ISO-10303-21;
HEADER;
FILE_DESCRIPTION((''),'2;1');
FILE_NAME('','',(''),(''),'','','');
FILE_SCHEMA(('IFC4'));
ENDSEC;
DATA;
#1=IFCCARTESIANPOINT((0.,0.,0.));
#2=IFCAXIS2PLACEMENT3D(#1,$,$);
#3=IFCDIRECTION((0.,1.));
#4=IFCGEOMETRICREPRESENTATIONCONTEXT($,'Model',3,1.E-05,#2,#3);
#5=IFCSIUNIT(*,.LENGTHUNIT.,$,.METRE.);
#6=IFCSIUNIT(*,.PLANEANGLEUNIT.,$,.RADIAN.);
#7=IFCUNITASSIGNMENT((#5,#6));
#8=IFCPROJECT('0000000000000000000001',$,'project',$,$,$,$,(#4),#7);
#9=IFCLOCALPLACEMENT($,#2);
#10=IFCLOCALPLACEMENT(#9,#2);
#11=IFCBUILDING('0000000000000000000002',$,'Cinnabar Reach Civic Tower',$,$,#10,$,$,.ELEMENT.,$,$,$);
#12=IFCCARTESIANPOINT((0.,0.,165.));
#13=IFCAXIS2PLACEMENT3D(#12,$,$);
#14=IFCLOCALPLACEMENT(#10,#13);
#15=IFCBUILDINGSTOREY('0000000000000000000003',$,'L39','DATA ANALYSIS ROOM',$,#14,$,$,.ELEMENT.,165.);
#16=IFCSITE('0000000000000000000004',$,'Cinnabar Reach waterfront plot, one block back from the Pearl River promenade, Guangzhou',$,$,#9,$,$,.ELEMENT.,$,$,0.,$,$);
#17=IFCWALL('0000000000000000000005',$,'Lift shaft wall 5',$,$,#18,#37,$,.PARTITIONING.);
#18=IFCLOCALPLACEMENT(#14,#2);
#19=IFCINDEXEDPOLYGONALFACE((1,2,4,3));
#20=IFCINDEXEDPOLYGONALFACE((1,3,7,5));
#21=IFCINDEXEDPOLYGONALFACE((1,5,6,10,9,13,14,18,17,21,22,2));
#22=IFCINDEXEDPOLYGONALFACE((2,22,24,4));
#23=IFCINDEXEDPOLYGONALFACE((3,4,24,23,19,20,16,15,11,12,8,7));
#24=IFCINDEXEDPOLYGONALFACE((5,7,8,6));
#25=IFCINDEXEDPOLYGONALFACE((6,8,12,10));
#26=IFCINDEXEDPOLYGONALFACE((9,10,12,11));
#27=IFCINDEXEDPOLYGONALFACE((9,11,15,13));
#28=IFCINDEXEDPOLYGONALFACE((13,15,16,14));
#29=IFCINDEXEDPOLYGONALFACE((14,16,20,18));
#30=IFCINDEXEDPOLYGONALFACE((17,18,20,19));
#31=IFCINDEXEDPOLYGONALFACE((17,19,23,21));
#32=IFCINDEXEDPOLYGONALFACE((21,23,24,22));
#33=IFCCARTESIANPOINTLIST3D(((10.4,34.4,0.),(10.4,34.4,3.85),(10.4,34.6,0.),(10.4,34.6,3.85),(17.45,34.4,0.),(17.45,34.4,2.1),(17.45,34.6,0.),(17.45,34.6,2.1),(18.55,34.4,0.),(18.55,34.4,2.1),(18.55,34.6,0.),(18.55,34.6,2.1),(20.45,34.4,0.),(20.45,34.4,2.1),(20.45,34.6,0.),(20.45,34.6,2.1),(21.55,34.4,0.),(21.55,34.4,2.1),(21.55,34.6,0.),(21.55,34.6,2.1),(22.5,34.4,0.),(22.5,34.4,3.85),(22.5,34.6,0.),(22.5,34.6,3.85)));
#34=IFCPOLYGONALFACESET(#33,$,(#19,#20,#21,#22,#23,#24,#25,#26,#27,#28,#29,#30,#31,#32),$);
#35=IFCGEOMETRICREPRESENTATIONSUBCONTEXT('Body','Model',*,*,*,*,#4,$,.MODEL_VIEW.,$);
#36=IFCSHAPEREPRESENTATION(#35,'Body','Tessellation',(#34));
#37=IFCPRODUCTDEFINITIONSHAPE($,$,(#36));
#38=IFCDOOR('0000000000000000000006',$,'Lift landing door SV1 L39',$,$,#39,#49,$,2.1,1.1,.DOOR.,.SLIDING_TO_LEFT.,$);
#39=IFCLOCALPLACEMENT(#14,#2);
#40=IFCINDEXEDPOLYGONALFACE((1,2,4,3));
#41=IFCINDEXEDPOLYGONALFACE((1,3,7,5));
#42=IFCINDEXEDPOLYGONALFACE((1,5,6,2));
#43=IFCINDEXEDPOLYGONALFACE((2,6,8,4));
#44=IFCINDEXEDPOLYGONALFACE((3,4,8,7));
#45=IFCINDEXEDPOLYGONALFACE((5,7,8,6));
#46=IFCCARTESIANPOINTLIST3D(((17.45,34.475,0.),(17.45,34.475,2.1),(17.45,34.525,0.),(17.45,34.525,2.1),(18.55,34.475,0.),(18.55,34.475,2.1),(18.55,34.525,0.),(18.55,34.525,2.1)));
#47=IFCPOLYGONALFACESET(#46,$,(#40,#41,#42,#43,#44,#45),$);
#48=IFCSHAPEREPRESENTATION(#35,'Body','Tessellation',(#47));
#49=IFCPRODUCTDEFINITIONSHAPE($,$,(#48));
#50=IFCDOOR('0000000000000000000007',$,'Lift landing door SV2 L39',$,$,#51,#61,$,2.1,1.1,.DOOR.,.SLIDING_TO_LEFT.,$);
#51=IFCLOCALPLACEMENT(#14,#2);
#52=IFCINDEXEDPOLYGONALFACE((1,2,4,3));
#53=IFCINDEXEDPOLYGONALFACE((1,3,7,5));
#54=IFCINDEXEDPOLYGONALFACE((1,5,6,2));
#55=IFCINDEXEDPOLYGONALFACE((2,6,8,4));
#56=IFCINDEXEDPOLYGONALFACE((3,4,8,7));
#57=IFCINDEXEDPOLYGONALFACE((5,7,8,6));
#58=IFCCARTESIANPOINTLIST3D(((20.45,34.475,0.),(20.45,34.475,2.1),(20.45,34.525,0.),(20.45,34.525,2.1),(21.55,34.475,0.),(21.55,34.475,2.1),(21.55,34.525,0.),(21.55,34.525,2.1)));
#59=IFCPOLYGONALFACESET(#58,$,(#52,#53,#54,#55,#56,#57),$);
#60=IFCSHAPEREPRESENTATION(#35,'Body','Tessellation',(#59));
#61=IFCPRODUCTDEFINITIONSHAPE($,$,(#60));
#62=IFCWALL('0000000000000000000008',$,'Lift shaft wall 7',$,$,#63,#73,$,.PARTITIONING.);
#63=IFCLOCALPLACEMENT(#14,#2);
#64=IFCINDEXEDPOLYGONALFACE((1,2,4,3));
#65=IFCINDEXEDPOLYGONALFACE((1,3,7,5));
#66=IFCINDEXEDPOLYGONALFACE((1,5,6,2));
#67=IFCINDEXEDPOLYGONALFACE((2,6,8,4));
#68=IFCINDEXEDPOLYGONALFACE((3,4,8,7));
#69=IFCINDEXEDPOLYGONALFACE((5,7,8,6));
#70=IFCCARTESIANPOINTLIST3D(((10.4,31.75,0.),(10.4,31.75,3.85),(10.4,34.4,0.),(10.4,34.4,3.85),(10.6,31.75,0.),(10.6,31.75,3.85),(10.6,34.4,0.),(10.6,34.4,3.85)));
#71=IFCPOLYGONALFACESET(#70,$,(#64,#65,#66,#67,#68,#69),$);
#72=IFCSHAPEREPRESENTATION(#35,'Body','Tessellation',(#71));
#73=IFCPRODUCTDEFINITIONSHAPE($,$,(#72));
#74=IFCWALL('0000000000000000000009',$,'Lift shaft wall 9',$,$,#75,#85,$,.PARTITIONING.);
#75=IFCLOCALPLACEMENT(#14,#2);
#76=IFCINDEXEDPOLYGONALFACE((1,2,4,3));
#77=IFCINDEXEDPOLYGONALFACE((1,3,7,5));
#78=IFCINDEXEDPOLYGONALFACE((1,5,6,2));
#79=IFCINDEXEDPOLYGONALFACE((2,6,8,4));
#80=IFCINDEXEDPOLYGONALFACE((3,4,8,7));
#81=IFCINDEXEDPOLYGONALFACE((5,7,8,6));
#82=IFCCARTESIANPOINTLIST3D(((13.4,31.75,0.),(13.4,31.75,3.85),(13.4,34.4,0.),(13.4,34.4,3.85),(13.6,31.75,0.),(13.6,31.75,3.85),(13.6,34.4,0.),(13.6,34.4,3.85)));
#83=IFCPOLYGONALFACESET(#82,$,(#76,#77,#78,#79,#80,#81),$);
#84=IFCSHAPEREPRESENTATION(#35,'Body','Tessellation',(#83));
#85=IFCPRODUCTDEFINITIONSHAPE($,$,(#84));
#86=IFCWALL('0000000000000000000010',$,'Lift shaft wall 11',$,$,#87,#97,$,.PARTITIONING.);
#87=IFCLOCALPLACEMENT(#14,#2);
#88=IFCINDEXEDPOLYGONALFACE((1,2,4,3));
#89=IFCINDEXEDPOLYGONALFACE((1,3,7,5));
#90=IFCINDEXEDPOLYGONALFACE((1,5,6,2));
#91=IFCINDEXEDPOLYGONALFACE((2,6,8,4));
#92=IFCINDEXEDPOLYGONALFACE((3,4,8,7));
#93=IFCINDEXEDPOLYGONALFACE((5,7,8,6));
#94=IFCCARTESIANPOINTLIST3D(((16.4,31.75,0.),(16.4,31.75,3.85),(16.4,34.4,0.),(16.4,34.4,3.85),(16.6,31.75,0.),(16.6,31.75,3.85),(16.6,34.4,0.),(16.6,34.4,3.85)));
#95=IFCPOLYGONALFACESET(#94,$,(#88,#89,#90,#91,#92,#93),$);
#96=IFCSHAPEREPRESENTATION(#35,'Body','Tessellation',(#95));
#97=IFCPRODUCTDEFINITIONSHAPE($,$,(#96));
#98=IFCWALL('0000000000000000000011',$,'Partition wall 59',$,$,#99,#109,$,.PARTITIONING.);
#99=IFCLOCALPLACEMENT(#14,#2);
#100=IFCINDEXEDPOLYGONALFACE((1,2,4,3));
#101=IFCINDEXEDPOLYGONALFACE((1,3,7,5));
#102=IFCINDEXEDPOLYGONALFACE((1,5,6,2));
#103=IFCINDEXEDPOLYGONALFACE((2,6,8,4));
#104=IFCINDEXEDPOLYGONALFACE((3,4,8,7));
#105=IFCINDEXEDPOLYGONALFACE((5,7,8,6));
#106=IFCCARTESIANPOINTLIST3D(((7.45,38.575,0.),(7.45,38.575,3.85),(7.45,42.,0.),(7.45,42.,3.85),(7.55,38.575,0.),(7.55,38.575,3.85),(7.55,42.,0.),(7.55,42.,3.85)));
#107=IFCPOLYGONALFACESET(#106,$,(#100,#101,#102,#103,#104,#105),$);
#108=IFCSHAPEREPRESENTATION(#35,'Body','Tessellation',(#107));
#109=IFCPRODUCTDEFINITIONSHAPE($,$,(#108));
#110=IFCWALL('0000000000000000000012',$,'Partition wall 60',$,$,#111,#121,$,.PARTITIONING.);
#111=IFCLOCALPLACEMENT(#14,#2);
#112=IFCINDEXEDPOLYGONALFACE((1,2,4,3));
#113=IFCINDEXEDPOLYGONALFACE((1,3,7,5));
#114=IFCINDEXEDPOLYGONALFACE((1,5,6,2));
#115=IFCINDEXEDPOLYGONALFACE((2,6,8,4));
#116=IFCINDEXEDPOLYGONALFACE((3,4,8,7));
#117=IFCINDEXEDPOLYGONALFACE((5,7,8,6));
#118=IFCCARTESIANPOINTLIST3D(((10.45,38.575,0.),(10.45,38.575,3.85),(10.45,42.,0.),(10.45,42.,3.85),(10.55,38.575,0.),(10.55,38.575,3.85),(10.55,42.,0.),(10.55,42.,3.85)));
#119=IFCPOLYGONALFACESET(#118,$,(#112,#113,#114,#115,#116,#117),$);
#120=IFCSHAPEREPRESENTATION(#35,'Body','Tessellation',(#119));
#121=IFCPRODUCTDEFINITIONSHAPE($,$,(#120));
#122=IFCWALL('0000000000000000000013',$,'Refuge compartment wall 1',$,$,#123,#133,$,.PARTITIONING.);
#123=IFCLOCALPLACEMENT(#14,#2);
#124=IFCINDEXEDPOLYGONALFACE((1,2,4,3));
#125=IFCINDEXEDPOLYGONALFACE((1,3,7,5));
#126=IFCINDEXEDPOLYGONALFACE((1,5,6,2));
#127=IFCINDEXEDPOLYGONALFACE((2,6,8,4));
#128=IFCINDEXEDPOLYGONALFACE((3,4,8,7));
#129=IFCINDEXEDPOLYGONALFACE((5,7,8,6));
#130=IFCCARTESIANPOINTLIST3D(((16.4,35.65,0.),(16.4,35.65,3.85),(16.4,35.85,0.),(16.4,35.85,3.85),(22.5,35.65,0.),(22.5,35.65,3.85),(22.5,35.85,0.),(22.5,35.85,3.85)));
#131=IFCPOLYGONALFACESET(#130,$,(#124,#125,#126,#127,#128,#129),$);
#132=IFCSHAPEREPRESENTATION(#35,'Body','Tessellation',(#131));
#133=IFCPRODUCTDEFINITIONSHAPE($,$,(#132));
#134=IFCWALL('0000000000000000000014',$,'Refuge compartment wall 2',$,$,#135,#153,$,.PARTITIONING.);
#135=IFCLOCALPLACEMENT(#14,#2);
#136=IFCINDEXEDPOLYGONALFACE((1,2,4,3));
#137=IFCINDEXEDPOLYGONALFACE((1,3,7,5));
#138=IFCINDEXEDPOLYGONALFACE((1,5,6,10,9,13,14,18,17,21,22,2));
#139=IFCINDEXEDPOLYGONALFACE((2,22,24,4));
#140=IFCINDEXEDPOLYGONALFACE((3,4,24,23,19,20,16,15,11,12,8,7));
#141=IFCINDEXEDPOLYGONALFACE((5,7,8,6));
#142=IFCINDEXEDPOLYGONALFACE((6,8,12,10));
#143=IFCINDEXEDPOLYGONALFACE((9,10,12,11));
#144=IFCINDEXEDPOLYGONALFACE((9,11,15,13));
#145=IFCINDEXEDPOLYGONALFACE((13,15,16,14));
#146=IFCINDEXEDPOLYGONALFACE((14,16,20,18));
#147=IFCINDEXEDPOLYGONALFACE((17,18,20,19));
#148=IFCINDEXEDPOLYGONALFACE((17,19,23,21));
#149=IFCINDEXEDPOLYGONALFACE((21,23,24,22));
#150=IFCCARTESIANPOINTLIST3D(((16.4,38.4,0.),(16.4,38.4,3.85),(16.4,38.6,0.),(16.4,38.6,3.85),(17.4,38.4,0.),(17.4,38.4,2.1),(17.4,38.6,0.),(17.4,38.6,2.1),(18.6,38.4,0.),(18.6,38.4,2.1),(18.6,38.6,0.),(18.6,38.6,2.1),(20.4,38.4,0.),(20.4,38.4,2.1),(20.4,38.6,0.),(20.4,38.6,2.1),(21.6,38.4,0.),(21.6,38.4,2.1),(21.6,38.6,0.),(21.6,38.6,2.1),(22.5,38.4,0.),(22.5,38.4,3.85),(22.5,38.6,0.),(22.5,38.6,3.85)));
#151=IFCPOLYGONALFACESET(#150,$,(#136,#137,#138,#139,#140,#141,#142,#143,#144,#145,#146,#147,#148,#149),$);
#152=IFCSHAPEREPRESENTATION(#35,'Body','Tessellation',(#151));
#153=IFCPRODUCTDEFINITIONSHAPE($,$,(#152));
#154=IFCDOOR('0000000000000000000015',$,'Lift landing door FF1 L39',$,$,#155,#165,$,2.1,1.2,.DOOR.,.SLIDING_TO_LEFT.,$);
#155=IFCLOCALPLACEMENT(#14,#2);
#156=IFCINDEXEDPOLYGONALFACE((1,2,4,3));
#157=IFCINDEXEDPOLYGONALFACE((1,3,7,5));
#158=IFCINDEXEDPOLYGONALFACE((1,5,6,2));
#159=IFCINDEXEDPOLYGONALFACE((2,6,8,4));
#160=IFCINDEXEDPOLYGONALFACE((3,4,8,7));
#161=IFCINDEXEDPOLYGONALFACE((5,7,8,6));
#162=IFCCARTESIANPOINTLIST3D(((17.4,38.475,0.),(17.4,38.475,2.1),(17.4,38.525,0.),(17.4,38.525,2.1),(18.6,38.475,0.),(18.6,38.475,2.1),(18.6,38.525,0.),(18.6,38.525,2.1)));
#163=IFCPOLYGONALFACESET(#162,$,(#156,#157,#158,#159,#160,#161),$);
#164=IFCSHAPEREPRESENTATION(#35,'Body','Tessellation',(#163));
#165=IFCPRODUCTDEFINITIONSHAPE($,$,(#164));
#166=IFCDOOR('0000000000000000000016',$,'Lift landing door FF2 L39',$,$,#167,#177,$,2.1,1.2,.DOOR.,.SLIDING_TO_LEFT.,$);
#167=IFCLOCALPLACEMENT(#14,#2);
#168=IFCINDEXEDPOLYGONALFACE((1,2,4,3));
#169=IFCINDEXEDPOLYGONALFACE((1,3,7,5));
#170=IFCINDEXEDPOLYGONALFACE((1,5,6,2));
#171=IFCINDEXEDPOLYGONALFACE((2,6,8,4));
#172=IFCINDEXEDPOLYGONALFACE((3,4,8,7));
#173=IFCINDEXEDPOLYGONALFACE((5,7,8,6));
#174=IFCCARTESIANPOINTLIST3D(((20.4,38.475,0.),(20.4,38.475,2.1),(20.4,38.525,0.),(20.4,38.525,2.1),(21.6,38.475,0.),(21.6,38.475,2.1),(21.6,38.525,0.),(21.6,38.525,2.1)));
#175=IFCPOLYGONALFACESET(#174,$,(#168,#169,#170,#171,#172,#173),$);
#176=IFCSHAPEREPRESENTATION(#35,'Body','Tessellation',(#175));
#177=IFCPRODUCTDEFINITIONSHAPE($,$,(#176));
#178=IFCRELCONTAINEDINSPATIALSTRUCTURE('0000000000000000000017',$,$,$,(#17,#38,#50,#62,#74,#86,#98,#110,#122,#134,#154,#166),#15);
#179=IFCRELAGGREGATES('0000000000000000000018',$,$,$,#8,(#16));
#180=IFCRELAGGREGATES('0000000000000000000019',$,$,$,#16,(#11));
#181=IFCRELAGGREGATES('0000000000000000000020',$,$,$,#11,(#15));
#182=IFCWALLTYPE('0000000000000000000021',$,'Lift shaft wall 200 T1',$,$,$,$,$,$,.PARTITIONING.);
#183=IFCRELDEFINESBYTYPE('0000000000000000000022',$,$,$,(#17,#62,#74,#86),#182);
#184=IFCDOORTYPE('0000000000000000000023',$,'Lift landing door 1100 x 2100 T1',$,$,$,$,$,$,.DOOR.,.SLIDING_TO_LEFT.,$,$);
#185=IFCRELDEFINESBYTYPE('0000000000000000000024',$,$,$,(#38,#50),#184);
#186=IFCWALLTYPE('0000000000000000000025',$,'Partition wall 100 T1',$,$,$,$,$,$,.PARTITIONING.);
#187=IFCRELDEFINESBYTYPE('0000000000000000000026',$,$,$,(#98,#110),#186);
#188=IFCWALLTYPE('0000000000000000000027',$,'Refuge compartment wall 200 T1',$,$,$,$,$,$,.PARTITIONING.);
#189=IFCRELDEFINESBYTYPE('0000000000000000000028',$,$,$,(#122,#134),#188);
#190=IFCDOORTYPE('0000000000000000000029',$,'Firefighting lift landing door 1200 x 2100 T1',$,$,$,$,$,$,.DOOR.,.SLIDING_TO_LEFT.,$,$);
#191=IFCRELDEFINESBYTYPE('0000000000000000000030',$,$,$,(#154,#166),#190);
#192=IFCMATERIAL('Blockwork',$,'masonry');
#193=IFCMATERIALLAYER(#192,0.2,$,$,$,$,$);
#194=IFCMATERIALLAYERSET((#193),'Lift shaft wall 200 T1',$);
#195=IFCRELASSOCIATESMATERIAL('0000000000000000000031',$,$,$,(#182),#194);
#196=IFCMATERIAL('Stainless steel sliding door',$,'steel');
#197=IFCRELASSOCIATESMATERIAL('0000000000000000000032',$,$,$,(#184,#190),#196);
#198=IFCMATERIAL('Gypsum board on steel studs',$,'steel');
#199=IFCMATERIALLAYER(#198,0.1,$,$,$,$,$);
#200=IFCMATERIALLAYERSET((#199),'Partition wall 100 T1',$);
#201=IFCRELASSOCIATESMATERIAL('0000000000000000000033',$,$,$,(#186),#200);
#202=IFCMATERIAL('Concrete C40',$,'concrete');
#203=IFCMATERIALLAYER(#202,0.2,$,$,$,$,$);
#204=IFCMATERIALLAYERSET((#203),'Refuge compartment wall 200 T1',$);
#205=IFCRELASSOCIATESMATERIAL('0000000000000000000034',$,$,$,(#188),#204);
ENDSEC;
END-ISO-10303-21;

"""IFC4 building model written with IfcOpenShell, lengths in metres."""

from ifc_helpers import new_model, si_unit, direction, frame, frame_2d, origin, place, context, subcontext, project, spatial, rectangle, extrude, material, layer, layer_set, type_object, element, fill, save


model = new_model("IFC4")

# Units and contexts
model_context = context("Model", 3, precision=1e-05, world=origin(), true_north=direction((0.0, 1.0)))
body_context = subcontext(model_context, "Body", "Model", "MODEL_VIEW")
ifc_project = project(units=[si_unit("LENGTHUNIT", "METRE"), si_unit("PLANEANGLEUNIT", "RADIAN")], contexts=[model_context])

# Site, building, storey
site_placement = place(None, origin())
site = spatial("IfcSite", under=ifc_project, at=site_placement, Name="Cinnabar Reach waterfront plot, one block back from the Pearl River promenade, Guangzhou", CompositionType="ELEMENT", RefElevation=0.0)
building_placement = place(site_placement, origin())
building = spatial("IfcBuilding", under=site, at=building_placement, Name="Cinnabar Reach Civic Tower", CompositionType="ELEMENT")
storey_placement = place(building_placement, frame((0.0, 0.0, 165.0)))
storey = spatial("IfcBuildingStorey", under=building, at=storey_placement, Name="L39", Description="DATA ANALYSIS ROOM", CompositionType="ELEMENT", Elevation=165.0)

# Wall, openings, doors
ifc_material_1 = material(Name="Blockwork", Category="masonry")
ifc_layer_1 = layer(ifc_material_1, 0.2)
ifc_layer_set_1 = layer_set([ifc_layer_1], Name="Lift shaft wall 200 T1")
wall_type_1 = type_object("IfcWallType", Name="Lift shaft wall 200 T1", PredefinedType="PARTITIONING", material=ifc_layer_set_1)
wall_1_placement = place(storey_placement, frame((10.4, 34.5, 0.0), z_axis=(0.0, 0.0, 1.0), x_axis=(1.0, 0.0, 0.0)))
wall_1 = element("IfcWall", 1, at=wall_1_placement, inside=storey, type_object=wall_type_1, Name="Lift shaft wall 5", PredefinedType="PARTITIONING", context=body_context, shape_type="SweptSolid", body=[
    extrude(rectangle(XDim=12.1, YDim=0.2, at=frame_2d((6.05, 0.0))), origin(), (0.0, 0.0, 1.0), 3.85),
])
opening_1_placement = place(wall_1_placement, frame((7.05, 0.0, 0.0)))
opening_1 = element("IfcOpeningElement", 2, at=opening_1_placement, cuts=wall_1, PredefinedType="OPENING", context=body_context, shape_type="SweptSolid", body=[
    extrude(rectangle(XDim=1.1, YDim=2.1, at=frame_2d((0.55, 1.05))), frame((0.0, 0.11, 0.0), z_axis=(0.0, -1.0, 0.0), x_axis=(1.0, 0.0, 0.0)), (0.0, 0.0, 1.0), 0.22),
])
opening_2_placement = place(wall_1_placement, frame((10.05, 0.0, 0.0)))
opening_2 = element("IfcOpeningElement", 3, at=opening_2_placement, cuts=wall_1, PredefinedType="OPENING", context=body_context, shape_type="SweptSolid", body=[
    extrude(rectangle(XDim=1.1, YDim=2.1, at=frame_2d((0.55, 1.05))), frame((0.0, 0.11, 0.0), z_axis=(0.0, -1.0, 0.0), x_axis=(1.0, 0.0, 0.0)), (0.0, 0.0, 1.0), 0.22),
])
ifc_material_2 = material(Name="Stainless steel sliding door", Category="steel")
door_type_1 = type_object("IfcDoorType", Name="Lift landing door 1100 x 2100 T1", OperationType="SLIDING_TO_LEFT", PredefinedType="DOOR", material=ifc_material_2)
door_1_placement = place(opening_1_placement, origin())
door_1 = element("IfcDoor", 4, at=door_1_placement, inside=storey, type_object=door_type_1, Name="Lift landing door SV1 L39", OperationType="SLIDING_TO_LEFT", OverallHeight=2.1, OverallWidth=1.1, PredefinedType="DOOR", context=body_context, shape_type="SweptSolid", body=[
    extrude(rectangle(XDim=1.1, YDim=2.1, at=frame_2d((0.55, 1.05))), frame((0.0, 0.025, 0.0), z_axis=(0.0, -1.0, 0.0), x_axis=(1.0, 0.0, 0.0)), (0.0, 0.0, 1.0), 0.05),
])
fill(opening_1, door_1)
door_2_placement = place(opening_2_placement, origin())
door_2 = element("IfcDoor", 5, at=door_2_placement, inside=storey, type_object=door_type_1, Name="Lift landing door SV2 L39", OperationType="SLIDING_TO_LEFT", OverallHeight=2.1, OverallWidth=1.1, PredefinedType="DOOR", context=body_context, shape_type="SweptSolid", body=[
    extrude(rectangle(XDim=1.1, YDim=2.1, at=frame_2d((0.55, 1.05))), frame((0.0, 0.025, 0.0), z_axis=(0.0, -1.0, 0.0), x_axis=(1.0, 0.0, 0.0)), (0.0, 0.0, 1.0), 0.05),
])
fill(opening_2, door_2)

# Walls
for number, where, z_axis, x_axis, name in (
    (6, (10.5, 31.75, 0.0), (0.0, 0.0, 1.0), (0.0, 1.0, 0.0), "Lift shaft wall 7"),
    (7, (13.5, 31.75, 0.0), (0.0, 0.0, 1.0), (0.0, 1.0, 0.0), "Lift shaft wall 9"),
    (8, (16.5, 31.75, 0.0), (0.0, 0.0, 1.0), (0.0, 1.0, 0.0), "Lift shaft wall 11"),
):
    element("IfcWall", number, at=place(storey_placement, frame(where, z_axis=z_axis, x_axis=x_axis)), inside=storey, type_object=wall_type_1, Name=name, PredefinedType="PARTITIONING", context=body_context, shape_type="SweptSolid", body=[
        extrude(rectangle(XDim=2.65, YDim=0.2, at=frame_2d((1.325, 0.0))), origin(), (0.0, 0.0, 1.0), 3.85),
    ])
ifc_material_3 = material(Name="Gypsum board on steel studs", Category="steel")
ifc_layer_2 = layer(ifc_material_3, 0.1)
ifc_layer_set_2 = layer_set([ifc_layer_2], Name="Partition wall 100 T1")
wall_type_2 = type_object("IfcWallType", Name="Partition wall 100 T1", PredefinedType="PARTITIONING", material=ifc_layer_set_2)
for number, where, z_axis, x_axis, name in (
    (9, (7.5, 38.575, 0.0), (0.0, 0.0, 1.0), (0.0, 1.0, 0.0), "Partition wall 59"),
    (10, (10.5, 38.575, 0.0), (0.0, 0.0, 1.0), (0.0, 1.0, 0.0), "Partition wall 60"),
):
    element("IfcWall", number, at=place(storey_placement, frame(where, z_axis=z_axis, x_axis=x_axis)), inside=storey, type_object=wall_type_2, Name=name, PredefinedType="PARTITIONING", context=body_context, shape_type="SweptSolid", body=[
        extrude(rectangle(XDim=3.425, YDim=0.1, at=frame_2d((1.7125, 0.0))), origin(), (0.0, 0.0, 1.0), 3.85),
    ])
ifc_material_4 = material(Name="Concrete C40", Category="concrete")
ifc_layer_3 = layer(ifc_material_4, 0.2)
ifc_layer_set_3 = layer_set([ifc_layer_3], Name="Refuge compartment wall 200 T1")
wall_type_3 = type_object("IfcWallType", Name="Refuge compartment wall 200 T1", PredefinedType="PARTITIONING", material=ifc_layer_set_3)
wall_2_placement = place(storey_placement, frame((16.4, 35.75, 0.0), z_axis=(0.0, 0.0, 1.0), x_axis=(1.0, 0.0, 0.0)))
element("IfcWall", 11, at=wall_2_placement, inside=storey, type_object=wall_type_3, Name="Refuge compartment wall 1", PredefinedType="PARTITIONING", context=body_context, shape_type="SweptSolid", body=[
    extrude(rectangle(XDim=6.1, YDim=0.2, at=frame_2d((3.05, 0.0))), origin(), (0.0, 0.0, 1.0), 3.85),
])

# Wall, openings, doors
wall_3_placement = place(storey_placement, frame((16.4, 38.5, 0.0), z_axis=(0.0, 0.0, 1.0), x_axis=(1.0, 0.0, 0.0)))
wall_3 = element("IfcWall", 12, at=wall_3_placement, inside=storey, type_object=wall_type_3, Name="Refuge compartment wall 2", PredefinedType="PARTITIONING", context=body_context, shape_type="SweptSolid", body=[
    extrude(rectangle(XDim=6.1, YDim=0.2, at=frame_2d((3.05, 0.0))), origin(), (0.0, 0.0, 1.0), 3.85),
])
opening_3_placement = place(wall_3_placement, frame((1.0, 0.0, 0.0)))
opening_3 = element("IfcOpeningElement", 13, at=opening_3_placement, cuts=wall_3, PredefinedType="OPENING", context=body_context, shape_type="SweptSolid", body=[
    extrude(rectangle(XDim=1.2, YDim=2.1, at=frame_2d((0.6, 1.05))), frame((0.0, 0.11, 0.0), z_axis=(0.0, -1.0, 0.0), x_axis=(1.0, 0.0, 0.0)), (0.0, 0.0, 1.0), 0.22),
])
opening_4_placement = place(wall_3_placement, frame((4.0, 0.0, 0.0)))
opening_4 = element("IfcOpeningElement", 14, at=opening_4_placement, cuts=wall_3, PredefinedType="OPENING", context=body_context, shape_type="SweptSolid", body=[
    extrude(rectangle(XDim=1.2, YDim=2.1, at=frame_2d((0.6, 1.05))), frame((0.0, 0.11, 0.0), z_axis=(0.0, -1.0, 0.0), x_axis=(1.0, 0.0, 0.0)), (0.0, 0.0, 1.0), 0.22),
])
door_type_2 = type_object("IfcDoorType", Name="Firefighting lift landing door 1200 x 2100 T1", OperationType="SLIDING_TO_LEFT", PredefinedType="DOOR", material=ifc_material_2)
door_3_placement = place(opening_3_placement, origin())
door_3 = element("IfcDoor", 15, at=door_3_placement, inside=storey, type_object=door_type_2, Name="Lift landing door FF1 L39", OperationType="SLIDING_TO_LEFT", OverallHeight=2.1, OverallWidth=1.2, PredefinedType="DOOR", context=body_context, shape_type="SweptSolid", body=[
    extrude(rectangle(XDim=1.2, YDim=2.1, at=frame_2d((0.6, 1.05))), frame((0.0, 0.025, 0.0), z_axis=(0.0, -1.0, 0.0), x_axis=(1.0, 0.0, 0.0)), (0.0, 0.0, 1.0), 0.05),
])
fill(opening_3, door_3)
door_4_placement = place(opening_4_placement, origin())
door_4 = element("IfcDoor", 16, at=door_4_placement, inside=storey, type_object=door_type_2, Name="Lift landing door FF2 L39", OperationType="SLIDING_TO_LEFT", OverallHeight=2.1, OverallWidth=1.2, PredefinedType="DOOR", context=body_context, shape_type="SweptSolid", body=[
    extrude(rectangle(XDim=1.2, YDim=2.1, at=frame_2d((0.6, 1.05))), frame((0.0, 0.025, 0.0), z_axis=(0.0, -1.0, 0.0), x_axis=(1.0, 0.0, 0.0)), (0.0, 0.0, 1.0), 0.05),
])
fill(opening_4, door_4)

save(model, "model.ifc")
